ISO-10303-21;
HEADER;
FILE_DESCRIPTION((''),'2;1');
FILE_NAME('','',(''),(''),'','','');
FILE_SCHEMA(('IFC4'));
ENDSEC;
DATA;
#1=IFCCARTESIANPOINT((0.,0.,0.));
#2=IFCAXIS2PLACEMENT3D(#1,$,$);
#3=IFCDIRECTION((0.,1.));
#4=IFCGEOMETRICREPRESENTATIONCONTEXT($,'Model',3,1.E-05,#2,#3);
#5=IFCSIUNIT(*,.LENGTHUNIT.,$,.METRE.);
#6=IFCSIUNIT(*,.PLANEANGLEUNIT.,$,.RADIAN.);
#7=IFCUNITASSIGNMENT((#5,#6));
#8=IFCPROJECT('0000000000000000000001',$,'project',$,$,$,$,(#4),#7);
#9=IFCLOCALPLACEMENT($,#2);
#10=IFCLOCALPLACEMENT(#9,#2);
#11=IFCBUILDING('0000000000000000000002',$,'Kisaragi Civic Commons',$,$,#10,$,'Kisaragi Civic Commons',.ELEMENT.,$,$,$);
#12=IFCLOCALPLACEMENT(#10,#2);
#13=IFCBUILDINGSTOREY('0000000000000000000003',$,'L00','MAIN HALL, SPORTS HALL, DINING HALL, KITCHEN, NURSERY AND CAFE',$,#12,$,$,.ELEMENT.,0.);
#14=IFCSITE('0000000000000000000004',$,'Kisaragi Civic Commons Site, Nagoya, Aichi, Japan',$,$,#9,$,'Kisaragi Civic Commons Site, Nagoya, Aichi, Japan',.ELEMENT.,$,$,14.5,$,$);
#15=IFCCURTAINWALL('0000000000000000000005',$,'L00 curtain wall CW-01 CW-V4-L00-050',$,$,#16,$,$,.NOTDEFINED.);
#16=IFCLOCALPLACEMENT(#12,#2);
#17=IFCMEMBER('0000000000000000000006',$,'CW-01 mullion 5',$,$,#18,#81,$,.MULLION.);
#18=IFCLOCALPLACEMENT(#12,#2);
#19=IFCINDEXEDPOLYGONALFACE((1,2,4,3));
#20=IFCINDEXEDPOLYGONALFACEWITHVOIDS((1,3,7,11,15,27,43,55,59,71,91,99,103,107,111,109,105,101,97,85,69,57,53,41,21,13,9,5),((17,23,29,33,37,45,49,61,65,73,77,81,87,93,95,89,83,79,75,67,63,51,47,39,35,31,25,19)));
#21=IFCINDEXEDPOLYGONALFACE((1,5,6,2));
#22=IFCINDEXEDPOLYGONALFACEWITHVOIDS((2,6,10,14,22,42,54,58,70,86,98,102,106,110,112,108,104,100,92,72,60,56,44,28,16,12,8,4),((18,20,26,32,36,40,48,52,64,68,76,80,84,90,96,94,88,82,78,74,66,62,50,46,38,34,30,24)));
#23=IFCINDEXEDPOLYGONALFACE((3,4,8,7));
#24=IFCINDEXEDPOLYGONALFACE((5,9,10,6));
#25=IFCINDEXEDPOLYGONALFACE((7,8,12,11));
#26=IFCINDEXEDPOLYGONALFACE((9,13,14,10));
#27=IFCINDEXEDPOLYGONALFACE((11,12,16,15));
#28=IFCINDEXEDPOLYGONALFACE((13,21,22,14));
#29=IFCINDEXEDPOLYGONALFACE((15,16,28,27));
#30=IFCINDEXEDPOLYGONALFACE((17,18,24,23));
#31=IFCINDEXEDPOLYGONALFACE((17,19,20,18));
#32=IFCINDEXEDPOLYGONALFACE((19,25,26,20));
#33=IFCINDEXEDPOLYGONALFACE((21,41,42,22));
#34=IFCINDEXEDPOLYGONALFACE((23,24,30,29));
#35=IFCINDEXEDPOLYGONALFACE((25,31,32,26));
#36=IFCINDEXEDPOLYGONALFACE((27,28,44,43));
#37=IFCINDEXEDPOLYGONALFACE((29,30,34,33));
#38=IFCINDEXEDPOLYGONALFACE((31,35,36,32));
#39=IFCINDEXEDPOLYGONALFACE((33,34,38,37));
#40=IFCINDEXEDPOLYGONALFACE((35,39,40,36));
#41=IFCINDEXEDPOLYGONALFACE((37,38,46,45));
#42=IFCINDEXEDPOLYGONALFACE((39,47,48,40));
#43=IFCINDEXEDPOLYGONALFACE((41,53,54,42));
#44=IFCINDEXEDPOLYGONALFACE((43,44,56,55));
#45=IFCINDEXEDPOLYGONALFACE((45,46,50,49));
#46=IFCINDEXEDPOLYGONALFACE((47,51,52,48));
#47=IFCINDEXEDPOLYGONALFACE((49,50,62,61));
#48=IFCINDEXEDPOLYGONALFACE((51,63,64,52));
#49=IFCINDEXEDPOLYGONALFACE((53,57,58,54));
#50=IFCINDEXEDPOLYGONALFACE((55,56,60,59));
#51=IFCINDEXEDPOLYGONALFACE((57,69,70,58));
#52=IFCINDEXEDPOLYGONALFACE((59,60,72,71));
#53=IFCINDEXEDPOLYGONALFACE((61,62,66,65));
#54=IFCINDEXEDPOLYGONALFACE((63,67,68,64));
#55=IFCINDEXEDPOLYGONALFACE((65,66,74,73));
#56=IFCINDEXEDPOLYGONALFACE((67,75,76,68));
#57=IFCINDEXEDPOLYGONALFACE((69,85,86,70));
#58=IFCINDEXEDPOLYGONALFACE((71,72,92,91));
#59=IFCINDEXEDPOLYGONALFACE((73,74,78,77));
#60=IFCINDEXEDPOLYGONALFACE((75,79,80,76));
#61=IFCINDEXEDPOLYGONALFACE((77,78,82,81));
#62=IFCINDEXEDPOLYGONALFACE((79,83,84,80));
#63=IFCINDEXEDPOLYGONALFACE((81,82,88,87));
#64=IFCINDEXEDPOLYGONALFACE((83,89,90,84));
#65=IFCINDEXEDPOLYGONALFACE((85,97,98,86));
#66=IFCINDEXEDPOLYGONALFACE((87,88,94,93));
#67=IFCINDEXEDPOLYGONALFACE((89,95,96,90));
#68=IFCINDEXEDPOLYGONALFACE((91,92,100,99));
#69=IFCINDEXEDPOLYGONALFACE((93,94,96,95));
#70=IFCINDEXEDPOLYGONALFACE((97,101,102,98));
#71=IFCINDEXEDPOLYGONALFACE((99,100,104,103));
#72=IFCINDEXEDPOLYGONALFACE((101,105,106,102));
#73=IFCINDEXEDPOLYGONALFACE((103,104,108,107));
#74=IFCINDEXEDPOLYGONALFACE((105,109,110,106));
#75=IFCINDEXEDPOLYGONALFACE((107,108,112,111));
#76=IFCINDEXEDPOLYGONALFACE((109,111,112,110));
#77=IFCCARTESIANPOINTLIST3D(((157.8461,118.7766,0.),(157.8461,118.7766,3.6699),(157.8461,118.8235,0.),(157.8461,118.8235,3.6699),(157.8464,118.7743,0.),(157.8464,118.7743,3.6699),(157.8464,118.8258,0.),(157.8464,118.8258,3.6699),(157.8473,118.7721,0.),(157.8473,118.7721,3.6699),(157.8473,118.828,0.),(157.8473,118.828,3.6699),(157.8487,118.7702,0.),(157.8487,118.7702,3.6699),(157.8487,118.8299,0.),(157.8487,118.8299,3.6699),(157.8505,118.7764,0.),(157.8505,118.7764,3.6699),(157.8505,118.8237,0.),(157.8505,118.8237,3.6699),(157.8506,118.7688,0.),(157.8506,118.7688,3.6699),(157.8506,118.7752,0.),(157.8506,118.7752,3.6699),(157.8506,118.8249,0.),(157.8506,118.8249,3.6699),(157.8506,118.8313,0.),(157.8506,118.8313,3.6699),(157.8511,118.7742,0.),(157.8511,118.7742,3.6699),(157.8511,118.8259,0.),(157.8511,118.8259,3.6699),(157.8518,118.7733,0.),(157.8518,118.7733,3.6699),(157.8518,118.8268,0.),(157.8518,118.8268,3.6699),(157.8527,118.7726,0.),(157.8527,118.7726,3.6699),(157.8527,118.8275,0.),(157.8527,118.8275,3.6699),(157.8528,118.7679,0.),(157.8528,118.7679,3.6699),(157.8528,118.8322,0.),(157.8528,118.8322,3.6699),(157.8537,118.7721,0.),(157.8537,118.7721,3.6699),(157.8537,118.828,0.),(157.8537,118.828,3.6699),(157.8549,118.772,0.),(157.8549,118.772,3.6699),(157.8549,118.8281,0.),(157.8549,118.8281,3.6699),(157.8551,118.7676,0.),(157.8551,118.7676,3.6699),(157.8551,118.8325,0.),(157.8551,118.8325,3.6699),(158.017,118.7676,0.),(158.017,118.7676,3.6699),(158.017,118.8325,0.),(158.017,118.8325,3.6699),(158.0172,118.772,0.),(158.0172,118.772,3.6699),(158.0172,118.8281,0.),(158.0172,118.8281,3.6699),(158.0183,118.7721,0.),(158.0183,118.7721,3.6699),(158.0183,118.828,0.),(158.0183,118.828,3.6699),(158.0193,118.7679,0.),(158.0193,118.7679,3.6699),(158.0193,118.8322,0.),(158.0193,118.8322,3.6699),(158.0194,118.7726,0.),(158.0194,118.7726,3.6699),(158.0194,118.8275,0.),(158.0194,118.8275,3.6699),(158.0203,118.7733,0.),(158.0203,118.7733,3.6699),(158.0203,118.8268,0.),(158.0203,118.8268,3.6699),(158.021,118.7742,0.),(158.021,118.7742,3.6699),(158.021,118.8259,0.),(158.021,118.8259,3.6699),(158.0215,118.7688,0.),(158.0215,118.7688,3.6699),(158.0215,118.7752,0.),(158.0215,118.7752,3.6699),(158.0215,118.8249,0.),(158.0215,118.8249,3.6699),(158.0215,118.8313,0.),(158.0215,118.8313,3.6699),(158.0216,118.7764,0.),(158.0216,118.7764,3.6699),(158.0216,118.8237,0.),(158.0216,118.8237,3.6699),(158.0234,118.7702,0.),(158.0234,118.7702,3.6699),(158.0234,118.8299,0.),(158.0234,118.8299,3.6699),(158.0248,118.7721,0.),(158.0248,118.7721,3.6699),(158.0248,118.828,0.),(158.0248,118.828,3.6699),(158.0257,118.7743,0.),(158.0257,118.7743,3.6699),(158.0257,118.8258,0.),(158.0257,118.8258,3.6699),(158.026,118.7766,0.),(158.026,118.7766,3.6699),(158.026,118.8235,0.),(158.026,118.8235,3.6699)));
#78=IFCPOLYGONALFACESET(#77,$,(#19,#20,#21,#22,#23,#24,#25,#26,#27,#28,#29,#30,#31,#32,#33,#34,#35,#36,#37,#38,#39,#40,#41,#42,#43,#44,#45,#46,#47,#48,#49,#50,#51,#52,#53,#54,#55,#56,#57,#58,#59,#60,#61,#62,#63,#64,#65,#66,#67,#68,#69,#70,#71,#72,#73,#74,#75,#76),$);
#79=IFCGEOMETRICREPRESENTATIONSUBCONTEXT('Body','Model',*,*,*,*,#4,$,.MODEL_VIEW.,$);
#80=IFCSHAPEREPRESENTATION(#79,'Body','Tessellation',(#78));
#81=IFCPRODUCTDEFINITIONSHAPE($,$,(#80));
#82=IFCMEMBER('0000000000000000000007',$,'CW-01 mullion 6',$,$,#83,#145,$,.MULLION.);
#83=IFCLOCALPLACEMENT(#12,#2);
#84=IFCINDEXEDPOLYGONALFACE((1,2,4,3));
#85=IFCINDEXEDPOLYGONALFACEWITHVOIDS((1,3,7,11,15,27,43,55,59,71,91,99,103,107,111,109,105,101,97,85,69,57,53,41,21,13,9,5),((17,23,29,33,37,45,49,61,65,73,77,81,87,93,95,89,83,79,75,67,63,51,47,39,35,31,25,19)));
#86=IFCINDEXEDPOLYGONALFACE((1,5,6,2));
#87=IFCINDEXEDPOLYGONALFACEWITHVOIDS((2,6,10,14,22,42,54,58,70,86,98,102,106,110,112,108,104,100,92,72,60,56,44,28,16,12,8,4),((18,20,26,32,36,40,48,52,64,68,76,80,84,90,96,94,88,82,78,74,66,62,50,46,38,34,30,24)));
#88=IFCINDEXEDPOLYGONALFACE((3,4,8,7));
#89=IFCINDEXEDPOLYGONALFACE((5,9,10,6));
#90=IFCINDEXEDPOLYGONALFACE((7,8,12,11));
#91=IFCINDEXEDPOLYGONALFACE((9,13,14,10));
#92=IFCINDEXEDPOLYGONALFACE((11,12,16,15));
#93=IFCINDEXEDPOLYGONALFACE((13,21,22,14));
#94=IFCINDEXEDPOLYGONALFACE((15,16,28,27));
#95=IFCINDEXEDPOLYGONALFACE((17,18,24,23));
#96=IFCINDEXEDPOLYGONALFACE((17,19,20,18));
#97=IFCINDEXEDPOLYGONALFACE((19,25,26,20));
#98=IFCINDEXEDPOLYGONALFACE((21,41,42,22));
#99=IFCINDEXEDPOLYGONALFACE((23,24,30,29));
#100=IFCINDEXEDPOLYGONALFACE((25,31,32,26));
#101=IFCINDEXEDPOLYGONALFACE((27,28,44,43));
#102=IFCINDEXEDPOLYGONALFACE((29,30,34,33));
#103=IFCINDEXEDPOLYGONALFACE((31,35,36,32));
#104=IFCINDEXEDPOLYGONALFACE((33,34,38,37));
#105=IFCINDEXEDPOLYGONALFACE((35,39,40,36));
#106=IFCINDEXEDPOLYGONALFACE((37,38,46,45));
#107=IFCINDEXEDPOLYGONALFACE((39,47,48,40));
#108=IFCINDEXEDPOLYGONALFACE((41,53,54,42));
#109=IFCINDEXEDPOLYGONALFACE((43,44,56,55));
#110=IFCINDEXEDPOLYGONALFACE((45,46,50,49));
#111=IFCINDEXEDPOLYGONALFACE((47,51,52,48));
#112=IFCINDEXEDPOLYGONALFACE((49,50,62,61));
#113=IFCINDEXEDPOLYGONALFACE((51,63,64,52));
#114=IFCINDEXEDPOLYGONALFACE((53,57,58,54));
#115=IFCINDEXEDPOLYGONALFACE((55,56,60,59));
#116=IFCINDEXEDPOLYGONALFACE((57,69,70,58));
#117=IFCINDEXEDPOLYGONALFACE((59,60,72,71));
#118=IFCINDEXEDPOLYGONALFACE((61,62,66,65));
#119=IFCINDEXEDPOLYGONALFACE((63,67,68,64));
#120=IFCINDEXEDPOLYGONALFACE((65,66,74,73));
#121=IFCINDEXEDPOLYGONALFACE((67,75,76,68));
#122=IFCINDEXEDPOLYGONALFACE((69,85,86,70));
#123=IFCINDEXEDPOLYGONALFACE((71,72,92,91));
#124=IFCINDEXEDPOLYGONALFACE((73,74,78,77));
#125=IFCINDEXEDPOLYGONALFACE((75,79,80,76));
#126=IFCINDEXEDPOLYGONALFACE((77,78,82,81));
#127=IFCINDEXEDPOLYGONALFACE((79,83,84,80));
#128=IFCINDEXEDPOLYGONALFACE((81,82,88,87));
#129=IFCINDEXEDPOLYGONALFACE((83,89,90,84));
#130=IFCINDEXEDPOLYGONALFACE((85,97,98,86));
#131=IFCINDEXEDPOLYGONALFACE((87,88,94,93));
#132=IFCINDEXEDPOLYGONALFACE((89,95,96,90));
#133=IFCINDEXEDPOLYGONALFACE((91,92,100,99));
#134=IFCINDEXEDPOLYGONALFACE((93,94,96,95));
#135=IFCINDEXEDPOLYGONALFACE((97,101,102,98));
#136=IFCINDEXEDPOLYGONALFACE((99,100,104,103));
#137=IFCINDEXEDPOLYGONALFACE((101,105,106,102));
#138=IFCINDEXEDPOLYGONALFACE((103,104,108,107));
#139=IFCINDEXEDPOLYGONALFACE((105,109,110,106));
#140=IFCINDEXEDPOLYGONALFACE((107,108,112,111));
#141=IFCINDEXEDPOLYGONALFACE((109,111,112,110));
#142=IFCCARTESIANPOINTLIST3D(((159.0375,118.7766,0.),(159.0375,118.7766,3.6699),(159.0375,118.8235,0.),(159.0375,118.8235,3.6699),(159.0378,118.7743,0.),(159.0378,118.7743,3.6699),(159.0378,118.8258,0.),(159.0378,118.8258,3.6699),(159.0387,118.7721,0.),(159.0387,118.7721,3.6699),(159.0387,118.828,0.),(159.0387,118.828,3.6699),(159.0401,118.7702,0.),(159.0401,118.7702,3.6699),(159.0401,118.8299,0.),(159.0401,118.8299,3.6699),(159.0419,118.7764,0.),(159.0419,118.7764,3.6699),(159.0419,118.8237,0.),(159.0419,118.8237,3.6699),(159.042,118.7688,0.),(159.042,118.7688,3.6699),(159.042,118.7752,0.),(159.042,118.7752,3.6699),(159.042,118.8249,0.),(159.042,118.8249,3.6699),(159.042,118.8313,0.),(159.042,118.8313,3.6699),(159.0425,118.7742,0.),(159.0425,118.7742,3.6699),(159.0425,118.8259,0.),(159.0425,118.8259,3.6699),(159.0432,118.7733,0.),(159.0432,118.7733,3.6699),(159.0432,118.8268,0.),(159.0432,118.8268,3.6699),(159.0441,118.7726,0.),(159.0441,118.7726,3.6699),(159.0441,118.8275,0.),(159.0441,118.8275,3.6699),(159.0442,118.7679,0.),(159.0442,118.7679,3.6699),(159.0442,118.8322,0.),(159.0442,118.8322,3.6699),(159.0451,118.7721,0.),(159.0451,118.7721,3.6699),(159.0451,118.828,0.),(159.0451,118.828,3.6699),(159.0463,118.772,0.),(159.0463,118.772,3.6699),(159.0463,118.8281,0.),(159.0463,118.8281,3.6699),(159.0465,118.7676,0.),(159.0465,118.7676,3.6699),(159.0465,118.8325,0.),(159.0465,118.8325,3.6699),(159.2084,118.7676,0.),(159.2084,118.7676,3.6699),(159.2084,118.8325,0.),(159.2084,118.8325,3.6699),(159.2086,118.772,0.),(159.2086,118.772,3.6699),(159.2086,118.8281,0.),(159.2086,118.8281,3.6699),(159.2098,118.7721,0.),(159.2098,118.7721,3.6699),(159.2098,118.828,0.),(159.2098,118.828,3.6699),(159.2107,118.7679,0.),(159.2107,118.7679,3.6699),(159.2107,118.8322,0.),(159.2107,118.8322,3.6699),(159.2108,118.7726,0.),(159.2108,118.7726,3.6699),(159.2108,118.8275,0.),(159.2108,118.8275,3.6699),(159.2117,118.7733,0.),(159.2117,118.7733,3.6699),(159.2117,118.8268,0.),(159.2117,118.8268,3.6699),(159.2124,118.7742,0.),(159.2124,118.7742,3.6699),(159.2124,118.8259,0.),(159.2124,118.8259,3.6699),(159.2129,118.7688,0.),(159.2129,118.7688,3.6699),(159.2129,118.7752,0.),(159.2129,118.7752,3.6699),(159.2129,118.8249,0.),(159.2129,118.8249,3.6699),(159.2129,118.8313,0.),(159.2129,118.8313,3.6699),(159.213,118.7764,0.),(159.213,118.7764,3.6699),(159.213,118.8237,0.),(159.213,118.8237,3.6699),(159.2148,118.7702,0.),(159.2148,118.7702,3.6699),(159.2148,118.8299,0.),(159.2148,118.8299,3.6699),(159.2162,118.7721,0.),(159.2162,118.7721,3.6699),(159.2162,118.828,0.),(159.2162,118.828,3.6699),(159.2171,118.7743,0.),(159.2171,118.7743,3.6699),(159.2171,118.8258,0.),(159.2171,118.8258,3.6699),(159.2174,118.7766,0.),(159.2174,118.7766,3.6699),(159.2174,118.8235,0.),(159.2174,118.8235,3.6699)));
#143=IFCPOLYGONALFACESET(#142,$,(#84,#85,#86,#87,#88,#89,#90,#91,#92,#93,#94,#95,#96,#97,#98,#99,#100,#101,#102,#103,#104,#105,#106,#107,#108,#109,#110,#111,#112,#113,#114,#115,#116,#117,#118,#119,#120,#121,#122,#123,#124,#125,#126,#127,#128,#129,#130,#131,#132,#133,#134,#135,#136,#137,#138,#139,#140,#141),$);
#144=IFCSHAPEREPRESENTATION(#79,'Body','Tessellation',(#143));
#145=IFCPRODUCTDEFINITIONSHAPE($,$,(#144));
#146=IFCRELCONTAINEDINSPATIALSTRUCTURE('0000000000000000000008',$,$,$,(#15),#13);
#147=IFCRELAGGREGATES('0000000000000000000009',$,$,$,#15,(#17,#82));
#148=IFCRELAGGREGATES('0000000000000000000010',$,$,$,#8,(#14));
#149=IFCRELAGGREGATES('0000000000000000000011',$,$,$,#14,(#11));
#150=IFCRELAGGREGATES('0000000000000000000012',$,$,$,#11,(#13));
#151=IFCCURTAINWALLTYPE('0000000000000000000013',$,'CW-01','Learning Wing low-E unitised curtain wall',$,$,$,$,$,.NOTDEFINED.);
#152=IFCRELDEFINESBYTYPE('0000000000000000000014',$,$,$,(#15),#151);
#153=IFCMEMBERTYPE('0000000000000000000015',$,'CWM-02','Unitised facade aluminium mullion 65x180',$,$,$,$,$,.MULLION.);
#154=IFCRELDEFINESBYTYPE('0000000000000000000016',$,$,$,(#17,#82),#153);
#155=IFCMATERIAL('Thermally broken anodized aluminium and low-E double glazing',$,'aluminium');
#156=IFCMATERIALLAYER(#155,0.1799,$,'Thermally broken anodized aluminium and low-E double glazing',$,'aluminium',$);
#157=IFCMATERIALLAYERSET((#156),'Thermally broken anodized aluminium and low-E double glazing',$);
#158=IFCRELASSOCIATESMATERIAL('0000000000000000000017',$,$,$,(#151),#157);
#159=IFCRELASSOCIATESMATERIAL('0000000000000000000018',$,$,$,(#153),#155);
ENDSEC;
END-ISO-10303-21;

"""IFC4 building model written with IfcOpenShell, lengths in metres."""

from ifc_helpers import new_model, si_unit, direction, frame, origin, origin_2d, place, context, subcontext, project, spatial, hollow_rectangle, extrude, material, layer, layer_set, material_profile, profile_set, type_object, element, aggregate, save


model = new_model("IFC4")

# Units and contexts
model_context = context("Model", 3, precision=1e-05, world=origin(), true_north=direction((0.0, 1.0)))
body_context = subcontext(model_context, "Body", "Model", "MODEL_VIEW")
ifc_project = project(units=[si_unit("LENGTHUNIT", "METRE"), si_unit("PLANEANGLEUNIT", "RADIAN")], contexts=[model_context])

# Site, building, storey
site_placement = place(None, origin())
site = spatial("IfcSite", under=ifc_project, at=site_placement, Name="Kisaragi Civic Commons Site, Nagoya, Aichi, Japan", LongName="Kisaragi Civic Commons Site, Nagoya, Aichi, Japan", CompositionType="ELEMENT", RefElevation=14.5)
building_placement = place(site_placement, origin())
building = spatial("IfcBuilding", under=site, at=building_placement, Name="Kisaragi Civic Commons", LongName="Kisaragi Civic Commons", CompositionType="ELEMENT")
storey_placement = place(building_placement, origin())
storey = spatial("IfcBuildingStorey", under=building, at=storey_placement, Name="L00", Description="MAIN HALL, SPORTS HALL, DINING HALL, KITCHEN, NURSERY AND CAFE", CompositionType="ELEMENT", Elevation=0.0)

# Curtain wall, members
ifc_material_1 = material(Name="Thermally broken anodized aluminium and low-E double glazing", Category="aluminium")
ifc_layer_1 = layer(ifc_material_1, 0.1799, Name="Thermally broken anodized aluminium and low-E double glazing", Category="aluminium")
ifc_layer_set_1 = layer_set([ifc_layer_1], Name="Thermally broken anodized aluminium and low-E double glazing")
curtain_wall_type = type_object("IfcCurtainWallType", Name="CW-01", Description="Learning Wing low-E unitised curtain wall", PredefinedType="NOTDEFINED", material=ifc_layer_set_1)
curtain_wall_1_placement = place(storey_placement, origin())
curtain_wall_1 = element("IfcCurtainWall", 1, at=curtain_wall_1_placement, inside=storey, type_object=curtain_wall_type, Name="L00 curtain wall CW-01 CW-V4-L00-050", PredefinedType="NOTDEFINED")
ifc_material_profile_1 = material_profile(ifc_material_1, hollow_rectangle(XDim=0.0649, YDim=0.1799, WallThickness=0.0044, InnerFilletRadius=0.0044, OuterFilletRadius=0.009, at=origin_2d()), Name="CWM-65x180x4.5", Category="aluminium")
ifc_profile_set_1 = profile_set([ifc_material_profile_1], Name="Thermally broken anodized aluminium and low-E double glazing")
member_type_1 = type_object("IfcMemberType", Name="CWM-02", Description="Unitised facade aluminium mullion 65x180", PredefinedType="MULLION", material=ifc_profile_set_1)
member_1_placement = place(storey_placement, frame((157.936, 118.8, 0.0), z_axis=(0.0, 0.0, 1.0), x_axis=(0.0, 1.0, 0.0)))
member_1 = element("IfcMember", 2, at=member_1_placement, type_object=member_type_1, Name="CW-01 mullion 5", PredefinedType="MULLION", context=body_context, shape_type="SweptSolid", body=[
    extrude(hollow_rectangle(XDim=0.0649, YDim=0.1799, WallThickness=0.0044, InnerFilletRadius=0.0044, OuterFilletRadius=0.009, at=origin_2d()), origin(), (0.0, 0.0, 1.0), 3.6699),
])
member_2_placement = place(storey_placement, frame((159.1274, 118.8, 0.0), z_axis=(0.0, 0.0, 1.0), x_axis=(0.0, 1.0, 0.0)))
member_2 = element("IfcMember", 3, at=member_2_placement, type_object=member_type_1, Name="CW-01 mullion 6", PredefinedType="MULLION", context=body_context, shape_type="SweptSolid", body=[
    extrude(hollow_rectangle(XDim=0.0649, YDim=0.1799, WallThickness=0.0044, InnerFilletRadius=0.0044, OuterFilletRadius=0.009, at=origin_2d()), origin(), (0.0, 0.0, 1.0), 3.6699),
])

aggregate(curtain_wall_1, [member_1, member_2])

save(model, "model.ifc")
